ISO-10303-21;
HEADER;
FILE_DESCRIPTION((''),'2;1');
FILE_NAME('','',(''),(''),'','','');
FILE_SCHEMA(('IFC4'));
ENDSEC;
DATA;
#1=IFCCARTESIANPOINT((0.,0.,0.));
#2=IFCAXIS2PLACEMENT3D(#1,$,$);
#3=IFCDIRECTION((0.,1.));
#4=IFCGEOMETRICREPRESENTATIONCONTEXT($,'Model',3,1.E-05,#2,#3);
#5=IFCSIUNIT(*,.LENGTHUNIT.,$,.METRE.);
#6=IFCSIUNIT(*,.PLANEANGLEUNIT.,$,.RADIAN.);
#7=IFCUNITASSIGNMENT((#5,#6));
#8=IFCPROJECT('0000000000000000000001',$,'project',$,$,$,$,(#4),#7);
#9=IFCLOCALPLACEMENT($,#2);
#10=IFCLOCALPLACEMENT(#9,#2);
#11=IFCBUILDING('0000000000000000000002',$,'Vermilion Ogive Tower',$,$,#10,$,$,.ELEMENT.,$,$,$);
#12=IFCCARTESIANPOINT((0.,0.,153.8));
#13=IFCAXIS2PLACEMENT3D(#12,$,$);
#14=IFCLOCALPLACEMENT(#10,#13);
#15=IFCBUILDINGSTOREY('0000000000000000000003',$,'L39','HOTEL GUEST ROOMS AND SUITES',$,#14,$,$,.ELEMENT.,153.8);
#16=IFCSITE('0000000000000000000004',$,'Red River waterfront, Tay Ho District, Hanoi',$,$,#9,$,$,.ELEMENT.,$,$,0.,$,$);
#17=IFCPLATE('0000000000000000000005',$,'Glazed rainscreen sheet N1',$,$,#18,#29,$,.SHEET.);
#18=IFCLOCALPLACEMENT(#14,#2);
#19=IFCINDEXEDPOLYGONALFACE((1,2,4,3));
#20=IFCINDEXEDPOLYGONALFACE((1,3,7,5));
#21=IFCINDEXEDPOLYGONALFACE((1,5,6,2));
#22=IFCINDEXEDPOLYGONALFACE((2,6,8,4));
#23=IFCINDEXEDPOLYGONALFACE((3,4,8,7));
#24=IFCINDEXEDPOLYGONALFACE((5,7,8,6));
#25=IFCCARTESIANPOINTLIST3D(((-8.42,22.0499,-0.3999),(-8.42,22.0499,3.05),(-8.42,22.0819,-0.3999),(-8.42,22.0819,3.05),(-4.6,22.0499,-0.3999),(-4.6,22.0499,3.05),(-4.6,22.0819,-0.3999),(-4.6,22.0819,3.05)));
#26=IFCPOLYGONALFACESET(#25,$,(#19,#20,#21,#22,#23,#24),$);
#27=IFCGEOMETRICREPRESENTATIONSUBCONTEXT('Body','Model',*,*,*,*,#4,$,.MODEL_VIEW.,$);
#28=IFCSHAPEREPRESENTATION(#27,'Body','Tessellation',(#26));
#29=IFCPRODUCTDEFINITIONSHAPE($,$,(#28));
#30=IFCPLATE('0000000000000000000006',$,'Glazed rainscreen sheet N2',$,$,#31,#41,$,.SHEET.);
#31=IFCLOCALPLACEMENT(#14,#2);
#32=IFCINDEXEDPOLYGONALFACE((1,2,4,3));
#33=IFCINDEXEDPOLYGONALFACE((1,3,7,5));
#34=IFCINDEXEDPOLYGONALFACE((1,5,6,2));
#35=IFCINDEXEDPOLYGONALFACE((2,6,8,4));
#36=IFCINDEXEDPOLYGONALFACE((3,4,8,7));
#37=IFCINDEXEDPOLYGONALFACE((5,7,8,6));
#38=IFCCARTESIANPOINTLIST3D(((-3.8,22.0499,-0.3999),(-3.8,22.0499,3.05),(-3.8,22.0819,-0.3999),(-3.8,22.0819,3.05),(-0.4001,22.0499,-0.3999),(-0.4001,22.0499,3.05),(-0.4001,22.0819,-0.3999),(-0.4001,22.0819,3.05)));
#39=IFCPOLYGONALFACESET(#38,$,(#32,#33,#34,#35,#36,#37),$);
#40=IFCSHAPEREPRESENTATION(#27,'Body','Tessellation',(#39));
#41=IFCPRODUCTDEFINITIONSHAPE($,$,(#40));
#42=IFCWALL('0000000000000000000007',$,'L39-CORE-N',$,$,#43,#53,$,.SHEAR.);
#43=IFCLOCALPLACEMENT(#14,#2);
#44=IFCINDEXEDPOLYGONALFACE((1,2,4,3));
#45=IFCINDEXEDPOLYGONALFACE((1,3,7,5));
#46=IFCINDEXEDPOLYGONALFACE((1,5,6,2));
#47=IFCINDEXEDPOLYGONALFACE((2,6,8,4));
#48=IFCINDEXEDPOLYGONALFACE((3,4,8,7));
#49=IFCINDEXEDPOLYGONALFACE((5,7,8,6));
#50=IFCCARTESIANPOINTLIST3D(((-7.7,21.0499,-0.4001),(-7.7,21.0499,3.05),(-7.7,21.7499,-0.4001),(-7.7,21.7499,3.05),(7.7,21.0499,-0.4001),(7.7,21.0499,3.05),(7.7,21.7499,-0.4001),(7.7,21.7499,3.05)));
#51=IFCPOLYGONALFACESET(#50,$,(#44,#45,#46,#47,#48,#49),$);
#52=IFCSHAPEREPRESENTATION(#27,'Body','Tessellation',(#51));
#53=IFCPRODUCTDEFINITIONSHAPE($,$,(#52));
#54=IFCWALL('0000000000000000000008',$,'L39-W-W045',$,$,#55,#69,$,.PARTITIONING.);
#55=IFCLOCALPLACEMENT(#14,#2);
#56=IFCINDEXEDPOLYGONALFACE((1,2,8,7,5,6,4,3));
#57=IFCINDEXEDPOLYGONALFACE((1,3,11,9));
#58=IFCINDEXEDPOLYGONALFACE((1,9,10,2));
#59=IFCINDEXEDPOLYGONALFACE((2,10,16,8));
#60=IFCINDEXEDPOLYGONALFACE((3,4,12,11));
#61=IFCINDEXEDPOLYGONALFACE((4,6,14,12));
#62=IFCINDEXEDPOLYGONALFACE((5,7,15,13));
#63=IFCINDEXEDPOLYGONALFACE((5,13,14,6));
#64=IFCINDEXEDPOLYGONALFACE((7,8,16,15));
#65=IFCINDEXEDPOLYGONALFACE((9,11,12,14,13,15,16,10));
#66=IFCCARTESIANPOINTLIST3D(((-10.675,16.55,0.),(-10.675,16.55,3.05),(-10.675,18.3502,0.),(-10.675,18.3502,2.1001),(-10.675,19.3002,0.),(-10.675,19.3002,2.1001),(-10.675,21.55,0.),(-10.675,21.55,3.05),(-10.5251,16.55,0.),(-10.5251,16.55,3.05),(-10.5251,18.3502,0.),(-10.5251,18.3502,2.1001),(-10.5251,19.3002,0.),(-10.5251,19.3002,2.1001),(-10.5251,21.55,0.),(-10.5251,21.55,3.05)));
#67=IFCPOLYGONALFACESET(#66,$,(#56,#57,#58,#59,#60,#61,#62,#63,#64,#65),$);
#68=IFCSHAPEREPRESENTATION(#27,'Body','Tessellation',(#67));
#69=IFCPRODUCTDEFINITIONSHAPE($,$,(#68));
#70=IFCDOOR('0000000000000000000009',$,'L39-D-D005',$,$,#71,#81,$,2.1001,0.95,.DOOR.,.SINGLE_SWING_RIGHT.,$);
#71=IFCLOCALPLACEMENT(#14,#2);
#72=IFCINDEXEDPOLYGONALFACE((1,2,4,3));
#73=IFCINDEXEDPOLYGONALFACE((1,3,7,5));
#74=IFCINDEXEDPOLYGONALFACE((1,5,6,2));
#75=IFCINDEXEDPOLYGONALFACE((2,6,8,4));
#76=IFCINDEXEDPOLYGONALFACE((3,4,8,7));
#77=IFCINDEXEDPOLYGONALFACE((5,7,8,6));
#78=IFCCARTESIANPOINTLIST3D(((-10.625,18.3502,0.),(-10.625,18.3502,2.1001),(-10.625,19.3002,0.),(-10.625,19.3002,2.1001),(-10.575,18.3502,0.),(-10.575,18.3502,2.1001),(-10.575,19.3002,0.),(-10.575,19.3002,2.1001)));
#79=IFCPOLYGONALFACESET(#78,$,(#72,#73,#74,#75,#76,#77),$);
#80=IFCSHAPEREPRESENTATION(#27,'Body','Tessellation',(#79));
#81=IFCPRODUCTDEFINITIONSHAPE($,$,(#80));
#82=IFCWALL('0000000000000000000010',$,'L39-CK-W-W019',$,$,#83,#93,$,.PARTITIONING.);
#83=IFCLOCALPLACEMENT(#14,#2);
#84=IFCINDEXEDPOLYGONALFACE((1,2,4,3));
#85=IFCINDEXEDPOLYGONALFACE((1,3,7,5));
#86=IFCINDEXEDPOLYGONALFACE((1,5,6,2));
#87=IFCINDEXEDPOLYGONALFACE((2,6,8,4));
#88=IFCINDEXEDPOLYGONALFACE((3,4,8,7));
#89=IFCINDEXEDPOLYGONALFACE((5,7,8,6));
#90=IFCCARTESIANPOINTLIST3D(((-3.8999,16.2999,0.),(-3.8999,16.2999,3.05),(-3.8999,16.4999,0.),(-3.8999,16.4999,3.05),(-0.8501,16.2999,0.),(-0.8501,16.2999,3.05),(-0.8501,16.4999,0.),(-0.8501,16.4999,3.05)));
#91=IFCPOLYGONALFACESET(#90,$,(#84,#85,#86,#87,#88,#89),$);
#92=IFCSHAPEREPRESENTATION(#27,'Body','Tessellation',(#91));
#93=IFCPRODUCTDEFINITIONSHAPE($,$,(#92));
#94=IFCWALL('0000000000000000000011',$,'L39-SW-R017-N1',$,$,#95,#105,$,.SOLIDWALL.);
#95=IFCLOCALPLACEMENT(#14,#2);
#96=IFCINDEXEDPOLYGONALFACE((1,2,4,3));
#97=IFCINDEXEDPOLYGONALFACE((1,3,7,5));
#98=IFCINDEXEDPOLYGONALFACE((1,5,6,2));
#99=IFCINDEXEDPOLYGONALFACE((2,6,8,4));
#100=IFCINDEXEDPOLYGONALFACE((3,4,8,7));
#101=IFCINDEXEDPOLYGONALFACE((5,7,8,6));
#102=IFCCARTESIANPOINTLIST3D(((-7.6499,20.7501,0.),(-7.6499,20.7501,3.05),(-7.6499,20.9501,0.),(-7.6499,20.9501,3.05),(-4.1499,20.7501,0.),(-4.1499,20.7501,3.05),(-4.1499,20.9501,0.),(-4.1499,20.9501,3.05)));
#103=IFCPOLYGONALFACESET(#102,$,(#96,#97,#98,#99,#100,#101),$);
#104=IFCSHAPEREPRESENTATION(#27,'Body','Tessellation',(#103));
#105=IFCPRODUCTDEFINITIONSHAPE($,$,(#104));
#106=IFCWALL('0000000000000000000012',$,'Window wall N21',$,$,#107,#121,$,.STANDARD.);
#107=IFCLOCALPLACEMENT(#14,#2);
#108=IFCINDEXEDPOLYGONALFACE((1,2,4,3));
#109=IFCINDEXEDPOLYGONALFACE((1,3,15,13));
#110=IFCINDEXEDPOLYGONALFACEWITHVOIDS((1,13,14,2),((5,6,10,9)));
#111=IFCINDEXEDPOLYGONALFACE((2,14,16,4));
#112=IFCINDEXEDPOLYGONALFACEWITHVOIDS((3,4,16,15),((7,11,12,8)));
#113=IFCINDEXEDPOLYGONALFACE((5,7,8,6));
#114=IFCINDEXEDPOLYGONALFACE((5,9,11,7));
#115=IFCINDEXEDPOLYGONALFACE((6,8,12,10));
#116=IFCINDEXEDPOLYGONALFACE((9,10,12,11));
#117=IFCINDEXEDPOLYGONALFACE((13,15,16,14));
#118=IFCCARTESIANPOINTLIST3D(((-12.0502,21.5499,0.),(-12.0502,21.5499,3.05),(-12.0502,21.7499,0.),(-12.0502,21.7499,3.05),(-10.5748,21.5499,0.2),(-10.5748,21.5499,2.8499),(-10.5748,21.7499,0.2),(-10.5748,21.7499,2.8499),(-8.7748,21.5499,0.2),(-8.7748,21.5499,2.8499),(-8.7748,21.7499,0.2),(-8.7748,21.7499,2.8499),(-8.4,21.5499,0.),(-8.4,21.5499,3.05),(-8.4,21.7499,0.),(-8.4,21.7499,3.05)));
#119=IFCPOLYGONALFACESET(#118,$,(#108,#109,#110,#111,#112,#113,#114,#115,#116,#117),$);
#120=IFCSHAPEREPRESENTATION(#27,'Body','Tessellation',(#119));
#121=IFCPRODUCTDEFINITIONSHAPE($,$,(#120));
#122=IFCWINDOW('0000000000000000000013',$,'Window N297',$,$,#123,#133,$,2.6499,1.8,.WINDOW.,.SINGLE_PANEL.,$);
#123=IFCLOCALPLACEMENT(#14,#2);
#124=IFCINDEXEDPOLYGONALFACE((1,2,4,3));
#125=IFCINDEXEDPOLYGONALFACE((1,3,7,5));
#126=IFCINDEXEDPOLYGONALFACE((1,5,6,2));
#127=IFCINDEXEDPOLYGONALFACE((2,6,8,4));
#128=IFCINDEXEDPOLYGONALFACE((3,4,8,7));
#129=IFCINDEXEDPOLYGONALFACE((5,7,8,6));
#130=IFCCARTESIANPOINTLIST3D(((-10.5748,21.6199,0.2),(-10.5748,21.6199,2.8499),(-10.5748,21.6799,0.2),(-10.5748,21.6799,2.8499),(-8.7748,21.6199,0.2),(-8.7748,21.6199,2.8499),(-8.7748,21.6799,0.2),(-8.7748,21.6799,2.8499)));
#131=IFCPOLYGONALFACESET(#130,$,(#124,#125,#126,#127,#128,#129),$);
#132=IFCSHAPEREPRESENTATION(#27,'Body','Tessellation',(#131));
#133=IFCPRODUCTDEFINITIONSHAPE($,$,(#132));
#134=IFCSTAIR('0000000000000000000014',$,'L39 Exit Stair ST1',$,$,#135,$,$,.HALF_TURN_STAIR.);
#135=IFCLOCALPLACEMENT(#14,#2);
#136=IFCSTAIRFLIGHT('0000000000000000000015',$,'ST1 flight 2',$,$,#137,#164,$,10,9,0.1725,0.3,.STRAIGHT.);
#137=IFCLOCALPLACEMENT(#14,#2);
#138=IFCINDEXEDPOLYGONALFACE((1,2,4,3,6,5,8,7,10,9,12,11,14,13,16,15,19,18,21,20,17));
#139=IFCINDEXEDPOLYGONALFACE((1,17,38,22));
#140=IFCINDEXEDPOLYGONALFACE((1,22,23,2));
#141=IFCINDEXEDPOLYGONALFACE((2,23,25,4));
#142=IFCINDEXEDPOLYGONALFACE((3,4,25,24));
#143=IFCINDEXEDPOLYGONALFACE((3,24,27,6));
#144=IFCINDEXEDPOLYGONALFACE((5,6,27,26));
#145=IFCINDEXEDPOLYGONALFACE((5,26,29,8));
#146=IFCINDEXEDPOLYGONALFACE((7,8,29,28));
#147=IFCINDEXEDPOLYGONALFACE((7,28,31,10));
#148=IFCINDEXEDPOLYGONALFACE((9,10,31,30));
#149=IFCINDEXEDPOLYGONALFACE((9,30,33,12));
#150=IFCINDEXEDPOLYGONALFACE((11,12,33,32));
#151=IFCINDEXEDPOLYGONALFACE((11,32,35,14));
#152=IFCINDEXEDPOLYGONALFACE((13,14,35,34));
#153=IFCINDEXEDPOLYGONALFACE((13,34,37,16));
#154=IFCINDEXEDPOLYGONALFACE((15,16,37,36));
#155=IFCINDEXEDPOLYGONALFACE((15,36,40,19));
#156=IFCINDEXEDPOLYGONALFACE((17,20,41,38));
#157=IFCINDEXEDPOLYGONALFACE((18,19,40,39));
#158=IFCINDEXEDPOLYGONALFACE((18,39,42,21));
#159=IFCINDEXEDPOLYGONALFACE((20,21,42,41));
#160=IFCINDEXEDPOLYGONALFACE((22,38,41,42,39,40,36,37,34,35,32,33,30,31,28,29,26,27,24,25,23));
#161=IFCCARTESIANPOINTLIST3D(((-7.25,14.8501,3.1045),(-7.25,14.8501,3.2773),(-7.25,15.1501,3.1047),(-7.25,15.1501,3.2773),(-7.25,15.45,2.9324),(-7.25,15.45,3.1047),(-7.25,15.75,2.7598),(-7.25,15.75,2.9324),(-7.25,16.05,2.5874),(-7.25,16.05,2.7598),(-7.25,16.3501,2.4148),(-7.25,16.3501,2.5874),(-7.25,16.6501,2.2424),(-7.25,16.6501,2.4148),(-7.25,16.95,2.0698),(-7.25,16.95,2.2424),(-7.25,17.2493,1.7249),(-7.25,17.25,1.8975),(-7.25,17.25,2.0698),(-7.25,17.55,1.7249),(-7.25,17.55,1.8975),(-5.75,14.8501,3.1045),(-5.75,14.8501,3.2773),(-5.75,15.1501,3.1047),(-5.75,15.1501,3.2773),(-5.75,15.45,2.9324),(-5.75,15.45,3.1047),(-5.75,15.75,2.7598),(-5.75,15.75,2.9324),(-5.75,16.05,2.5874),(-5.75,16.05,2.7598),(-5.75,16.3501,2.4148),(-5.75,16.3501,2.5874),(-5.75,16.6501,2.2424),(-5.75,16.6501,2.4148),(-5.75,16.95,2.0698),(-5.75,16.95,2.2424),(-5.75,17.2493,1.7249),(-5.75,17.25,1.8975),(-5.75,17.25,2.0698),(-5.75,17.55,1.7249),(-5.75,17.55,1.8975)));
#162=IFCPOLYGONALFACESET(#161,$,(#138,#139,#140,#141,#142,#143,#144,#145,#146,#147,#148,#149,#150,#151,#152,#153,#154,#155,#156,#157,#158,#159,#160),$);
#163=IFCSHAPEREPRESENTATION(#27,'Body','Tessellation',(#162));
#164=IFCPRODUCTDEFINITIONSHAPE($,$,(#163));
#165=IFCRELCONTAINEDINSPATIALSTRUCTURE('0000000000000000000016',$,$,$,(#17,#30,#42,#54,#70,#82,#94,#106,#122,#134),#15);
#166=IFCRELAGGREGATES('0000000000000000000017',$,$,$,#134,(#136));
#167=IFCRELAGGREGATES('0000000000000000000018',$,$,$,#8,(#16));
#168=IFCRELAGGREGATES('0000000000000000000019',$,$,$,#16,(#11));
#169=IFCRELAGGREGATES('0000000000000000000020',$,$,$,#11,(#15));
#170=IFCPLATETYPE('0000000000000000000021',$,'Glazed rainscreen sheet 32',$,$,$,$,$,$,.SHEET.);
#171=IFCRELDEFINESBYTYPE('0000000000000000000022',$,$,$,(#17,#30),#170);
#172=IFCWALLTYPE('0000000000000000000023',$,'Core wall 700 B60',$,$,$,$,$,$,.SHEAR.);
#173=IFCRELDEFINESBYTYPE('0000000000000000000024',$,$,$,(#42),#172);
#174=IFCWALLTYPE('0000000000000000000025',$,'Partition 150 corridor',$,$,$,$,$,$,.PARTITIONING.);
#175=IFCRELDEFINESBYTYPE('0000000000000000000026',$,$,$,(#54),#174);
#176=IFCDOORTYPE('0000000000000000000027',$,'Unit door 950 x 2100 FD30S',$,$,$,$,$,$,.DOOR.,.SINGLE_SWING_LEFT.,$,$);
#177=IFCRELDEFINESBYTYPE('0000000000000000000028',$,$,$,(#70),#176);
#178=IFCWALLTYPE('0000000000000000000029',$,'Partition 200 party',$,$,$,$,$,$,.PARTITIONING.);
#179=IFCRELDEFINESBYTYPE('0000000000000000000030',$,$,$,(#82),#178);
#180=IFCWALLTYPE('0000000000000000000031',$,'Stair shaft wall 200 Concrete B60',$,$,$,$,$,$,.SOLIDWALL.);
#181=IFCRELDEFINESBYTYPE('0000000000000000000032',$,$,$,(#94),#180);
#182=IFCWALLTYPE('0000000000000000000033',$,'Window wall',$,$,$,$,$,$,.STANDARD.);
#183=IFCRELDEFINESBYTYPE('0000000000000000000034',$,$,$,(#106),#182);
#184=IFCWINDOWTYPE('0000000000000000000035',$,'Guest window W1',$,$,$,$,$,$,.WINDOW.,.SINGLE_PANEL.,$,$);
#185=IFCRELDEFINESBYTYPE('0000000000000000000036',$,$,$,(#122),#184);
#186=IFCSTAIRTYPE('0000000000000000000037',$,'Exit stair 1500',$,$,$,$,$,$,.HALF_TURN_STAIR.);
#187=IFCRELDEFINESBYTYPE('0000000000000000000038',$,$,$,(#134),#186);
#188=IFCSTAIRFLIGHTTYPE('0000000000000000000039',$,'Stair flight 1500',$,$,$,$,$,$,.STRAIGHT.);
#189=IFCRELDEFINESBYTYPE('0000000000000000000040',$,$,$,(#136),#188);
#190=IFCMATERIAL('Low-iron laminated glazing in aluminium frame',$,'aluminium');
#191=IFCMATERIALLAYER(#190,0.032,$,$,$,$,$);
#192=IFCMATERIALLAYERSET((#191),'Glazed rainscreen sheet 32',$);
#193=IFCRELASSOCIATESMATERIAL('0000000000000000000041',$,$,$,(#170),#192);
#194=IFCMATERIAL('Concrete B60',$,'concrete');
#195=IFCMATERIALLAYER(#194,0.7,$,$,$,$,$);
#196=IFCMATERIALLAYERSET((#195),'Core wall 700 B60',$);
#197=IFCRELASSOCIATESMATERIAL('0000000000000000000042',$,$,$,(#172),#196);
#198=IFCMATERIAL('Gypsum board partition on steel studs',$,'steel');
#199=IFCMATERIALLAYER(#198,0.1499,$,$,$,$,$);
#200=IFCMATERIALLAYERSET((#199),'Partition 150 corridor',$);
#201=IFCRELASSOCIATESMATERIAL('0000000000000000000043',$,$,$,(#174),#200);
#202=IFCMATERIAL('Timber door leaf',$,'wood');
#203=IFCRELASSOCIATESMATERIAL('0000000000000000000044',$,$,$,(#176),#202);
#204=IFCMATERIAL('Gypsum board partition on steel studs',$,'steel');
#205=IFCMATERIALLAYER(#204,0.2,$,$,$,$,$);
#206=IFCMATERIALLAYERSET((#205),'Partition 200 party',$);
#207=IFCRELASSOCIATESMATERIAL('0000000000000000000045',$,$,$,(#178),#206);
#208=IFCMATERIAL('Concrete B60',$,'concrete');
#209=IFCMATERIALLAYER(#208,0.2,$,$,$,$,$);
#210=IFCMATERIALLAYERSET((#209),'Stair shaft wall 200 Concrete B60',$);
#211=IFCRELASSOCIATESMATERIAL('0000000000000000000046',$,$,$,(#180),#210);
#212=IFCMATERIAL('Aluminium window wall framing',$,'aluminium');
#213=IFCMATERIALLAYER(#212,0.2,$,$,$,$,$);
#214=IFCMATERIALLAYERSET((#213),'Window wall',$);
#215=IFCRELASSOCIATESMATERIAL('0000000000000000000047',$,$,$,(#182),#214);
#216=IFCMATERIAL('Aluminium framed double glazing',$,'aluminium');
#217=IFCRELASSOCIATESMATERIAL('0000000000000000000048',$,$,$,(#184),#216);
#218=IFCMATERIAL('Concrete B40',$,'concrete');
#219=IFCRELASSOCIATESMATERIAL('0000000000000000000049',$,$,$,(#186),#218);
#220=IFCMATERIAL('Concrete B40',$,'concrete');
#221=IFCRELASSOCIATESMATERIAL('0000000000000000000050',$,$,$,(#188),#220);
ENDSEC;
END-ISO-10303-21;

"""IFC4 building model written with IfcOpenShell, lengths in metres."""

from ifc_helpers import new_model, si_unit, direction, frame, frame_2d, origin, origin_2d, place, context, subcontext, project, spatial, polyline, rectangle, outline, extrude, material, layer, layer_set, type_object, element, fill, aggregate, save


model = new_model("IFC4")

# Units and contexts
model_context = context("Model", 3, precision=1e-05, world=origin(), true_north=direction((0.0, 1.0)))
body_context = subcontext(model_context, "Body", "Model", "MODEL_VIEW")
ifc_project = project(units=[si_unit("LENGTHUNIT", "METRE"), si_unit("PLANEANGLEUNIT", "RADIAN")], contexts=[model_context])

# Site, building, storey
site_placement = place(None, origin())
site = spatial("IfcSite", under=ifc_project, at=site_placement, Name="Red River waterfront, Tay Ho District, Hanoi", CompositionType="ELEMENT", RefElevation=0.0)
building_placement = place(site_placement, origin())
building = spatial("IfcBuilding", under=site, at=building_placement, Name="Vermilion Ogive Tower", CompositionType="ELEMENT")
storey_placement = place(building_placement, frame((0.0, 0.0, 153.8)))
storey = spatial("IfcBuildingStorey", under=building, at=storey_placement, Name="L39", Description="HOTEL GUEST ROOMS AND SUITES", CompositionType="ELEMENT", Elevation=153.8)

# Plates
ifc_material_1 = material(Name="Low-iron laminated glazing in aluminium frame", Category="aluminium")
ifc_layer_1 = layer(ifc_material_1, 0.032)
ifc_layer_set_1 = layer_set([ifc_layer_1], Name="Glazed rainscreen sheet 32")
plate_type = type_object("IfcPlateType", Name="Glazed rainscreen sheet 32", PredefinedType="SHEET", material=ifc_layer_set_1)
plate_1_placement = place(storey_placement, frame((-6.51, 22.0659, -0.3999), z_axis=(0.0, 0.0, 1.0), x_axis=(1.0, 0.0, 0.0)))
element("IfcPlate", 1, at=plate_1_placement, inside=storey, type_object=plate_type, Name="Glazed rainscreen sheet N1", PredefinedType="SHEET", context=body_context, shape_type="SweptSolid", body=[
    extrude(rectangle(XDim=3.8201, YDim=0.032, at=origin_2d()), origin(), (0.0, 0.0, 1.0), 3.45),
])
plate_2_placement = place(storey_placement, frame((-2.1001, 22.0659, -0.3999), z_axis=(0.0, 0.0, 1.0), x_axis=(1.0, 0.0, 0.0)))
element("IfcPlate", 2, at=plate_2_placement, inside=storey, type_object=plate_type, Name="Glazed rainscreen sheet N2", PredefinedType="SHEET", context=body_context, shape_type="SweptSolid", body=[
    extrude(rectangle(XDim=3.3999, YDim=0.032, at=origin_2d()), origin(), (0.0, 0.0, 1.0), 3.45),
])

# Wall
ifc_material_2 = material(Name="Concrete B60", Category="concrete")
ifc_layer_2 = layer(ifc_material_2, 0.7)
ifc_layer_set_2 = layer_set([ifc_layer_2], Name="Core wall 700 B60")
wall_type_1 = type_object("IfcWallType", Name="Core wall 700 B60", PredefinedType="SHEAR", material=ifc_layer_set_2)
wall_1_placement = place(storey_placement, frame((-7.7, 21.3999, -0.4001), z_axis=(0.0, 0.0, 1.0), x_axis=(1.0, 0.0, 0.0)))
element("IfcWall", 3, at=wall_1_placement, inside=storey, type_object=wall_type_1, Name="L39-CORE-N", PredefinedType="SHEAR", context=body_context, shape_type="SweptSolid", body=[
    extrude(rectangle(XDim=15.3999, YDim=0.7, at=frame_2d((7.7, 0.0))), origin(), (0.0, 0.0, 1.0), 3.4502),
])

# Wall, opening, door
ifc_material_3 = material(Name="Gypsum board partition on steel studs", Category="steel")
ifc_layer_3 = layer(ifc_material_3, 0.1499)
ifc_layer_set_3 = layer_set([ifc_layer_3], Name="Partition 150 corridor")
wall_type_2 = type_object("IfcWallType", Name="Partition 150 corridor", PredefinedType="PARTITIONING", material=ifc_layer_set_3)
wall_2_placement = place(storey_placement, frame((-10.6001, 16.55, 0.0), z_axis=(0.0, 0.0, 1.0), x_axis=(0.0, 1.0, 0.0)))
wall_2 = element("IfcWall", 4, at=wall_2_placement, inside=storey, type_object=wall_type_2, Name="L39-W-W045", PredefinedType="PARTITIONING", context=body_context, shape_type="SweptSolid", body=[
    extrude(rectangle(XDim=5.0, YDim=0.1499, at=frame_2d((2.5, 0.0))), origin(), (0.0, 0.0, 1.0), 3.05),
])
opening_1_placement = place(wall_2_placement, frame((1.8, 0.0, 0.0)))
opening_1 = element("IfcOpeningElement", 5, at=opening_1_placement, cuts=wall_2, PredefinedType="OPENING", context=body_context, shape_type="SweptSolid", body=[
    extrude(rectangle(XDim=0.95, YDim=2.1001, at=frame_2d((0.4751, 1.05))), frame((0.0, 0.085, 0.0), z_axis=(0.0, -1.0, 0.0), x_axis=(1.0, 0.0, 0.0)), (0.0, 0.0, 1.0), 0.1699),
])
ifc_material_4 = material(Name="Timber door leaf", Category="wood")
door_type = type_object("IfcDoorType", Name="Unit door 950 x 2100 FD30S", OperationType="SINGLE_SWING_LEFT", PredefinedType="DOOR", material=ifc_material_4)
door_placement = place(opening_1_placement, origin())
door = element("IfcDoor", 6, at=door_placement, inside=storey, type_object=door_type, Name="L39-D-D005", OperationType="SINGLE_SWING_RIGHT", OverallHeight=2.1001, OverallWidth=0.95, PredefinedType="DOOR", context=body_context, shape_type="SweptSolid", body=[
    extrude(rectangle(XDim=0.95, YDim=2.1001, at=frame_2d((0.4751, 1.05))), frame((0.0, 0.0249, 0.0), z_axis=(0.0, -1.0, 0.0), x_axis=(1.0, 0.0, 0.0)), (0.0, 0.0, 1.0), 0.05),
])
fill(opening_1, door)

# Walls
ifc_material_5 = material(Name="Gypsum board partition on steel studs", Category="steel")
ifc_layer_4 = layer(ifc_material_5, 0.2)
ifc_layer_set_4 = layer_set([ifc_layer_4], Name="Partition 200 party")
wall_type_3 = type_object("IfcWallType", Name="Partition 200 party", PredefinedType="PARTITIONING", material=ifc_layer_set_4)
wall_3_placement = place(storey_placement, frame((-3.8999, 16.3999, 0.0), z_axis=(0.0, 0.0, 1.0), x_axis=(1.0, 0.0, 0.0)))
element("IfcWall", 7, at=wall_3_placement, inside=storey, type_object=wall_type_3, Name="L39-CK-W-W019", PredefinedType="PARTITIONING", context=body_context, shape_type="SweptSolid", body=[
    extrude(rectangle(XDim=3.0498, YDim=0.2, at=frame_2d((1.5249, 0.0))), origin(), (0.0, 0.0, 1.0), 3.05),
])
ifc_material_6 = material(Name="Concrete B60", Category="concrete")
ifc_layer_5 = layer(ifc_material_6, 0.2)
ifc_layer_set_5 = layer_set([ifc_layer_5], Name="Stair shaft wall 200 Concrete B60")
wall_type_4 = type_object("IfcWallType", Name="Stair shaft wall 200 Concrete B60", PredefinedType="SOLIDWALL", material=ifc_layer_set_5)
wall_4_placement = place(storey_placement, frame((-7.6499, 20.8501, 0.0), z_axis=(0.0, 0.0, 1.0), x_axis=(1.0, 0.0, 0.0)))
element("IfcWall", 8, at=wall_4_placement, inside=storey, type_object=wall_type_4, Name="L39-SW-R017-N1", PredefinedType="SOLIDWALL", context=body_context, shape_type="SweptSolid", body=[
    extrude(rectangle(XDim=3.5, YDim=0.2, at=frame_2d((1.75, 0.0))), origin(), (0.0, 0.0, 1.0), 3.05),
])

# Wall, opening, window
ifc_material_7 = material(Name="Aluminium window wall framing", Category="aluminium")
ifc_layer_6 = layer(ifc_material_7, 0.2)
ifc_layer_set_6 = layer_set([ifc_layer_6], Name="Window wall")
wall_type_5 = type_object("IfcWallType", Name="Window wall", PredefinedType="STANDARD", material=ifc_layer_set_6)
wall_5_placement = place(storey_placement, frame((-8.3999, 21.6499, 0.0), z_axis=(0.0, 0.0, 1.0), x_axis=(-1.0, 0.0, 0.0)))
wall_5 = element("IfcWall", 9, at=wall_5_placement, inside=storey, type_object=wall_type_5, Name="Window wall N21", PredefinedType="STANDARD", context=body_context, shape_type="SweptSolid", body=[
    extrude(rectangle(XDim=3.6501, YDim=0.2, at=frame_2d((1.8252, 0.0))), origin(), (0.0, 0.0, 1.0), 3.05),
])
opening_2_placement = place(wall_5_placement, frame((0.375, 0.0, 0.2)))
opening_2 = element("IfcOpeningElement", 10, at=opening_2_placement, cuts=wall_5, PredefinedType="OPENING", context=body_context, shape_type="SweptSolid", body=[
    extrude(rectangle(XDim=1.8, YDim=2.6499, at=frame_2d((0.8999, 1.325))), frame((0.0, 0.1099, 0.0), z_axis=(0.0, -1.0, 0.0), x_axis=(1.0, 0.0, 0.0)), (0.0, 0.0, 1.0), 0.22),
])
ifc_material_8 = material(Name="Aluminium framed double glazing", Category="aluminium")
window_type = type_object("IfcWindowType", Name="Guest window W1", PartitioningType="SINGLE_PANEL", PredefinedType="WINDOW", material=ifc_material_8)
window_placement = place(opening_2_placement, origin())
window = element("IfcWindow", 11, at=window_placement, inside=storey, type_object=window_type, Name="Window N297", OverallHeight=2.6499, OverallWidth=1.8, PartitioningType="SINGLE_PANEL", PredefinedType="WINDOW", context=body_context, shape_type="SweptSolid", body=[
    extrude(rectangle(XDim=1.8, YDim=2.6499, at=frame_2d((0.8999, 1.325))), frame((0.0, 0.03, 0.0), z_axis=(0.0, -1.0, 0.0), x_axis=(1.0, 0.0, 0.0)), (0.0, 0.0, 1.0), 0.0601),
])
fill(opening_2, window)

# Stair, stair flight
ifc_material_9 = material(Name="Concrete B40", Category="concrete")
stair_type = type_object("IfcStairType", Name="Exit stair 1500", PredefinedType="HALF_TURN_STAIR", material=ifc_material_9)
stair_placement = place(storey_placement, origin())
stair = element("IfcStair", 12, at=stair_placement, inside=storey, type_object=stair_type, Name="L39 Exit Stair ST1", PredefinedType="HALF_TURN_STAIR")
ifc_material_10 = material(Name="Concrete B40", Category="concrete")
stair_flight_type = type_object("IfcStairFlightType", Name="Stair flight 1500", PredefinedType="STRAIGHT", material=ifc_material_10)
stair_flight_placement = place(storey_placement, frame((-6.5, 17.55, 1.7249), z_axis=(0.0, 0.0, 1.0), x_axis=(0.0, -1.0, 0.0)))
stair_flight = element("IfcStairFlight", 13, at=stair_flight_placement, type_object=stair_flight_type, Name="ST1 flight 2", NumberOfRisers=10, NumberOfTreads=9, PredefinedType="STRAIGHT", RiserHeight=0.1725, TreadLength=0.3, context=body_context, shape_type="SweptSolid", body=[
    extrude(outline(polyline([(0.0, 0.0), (0.0, 0.1726), (0.3, 0.1726), (0.3, 0.345), (0.6001, 0.345), (0.6001, 0.5176), (0.8999, 0.5176), (0.8999, 0.6899), (1.2, 0.6899), (1.2, 0.8625), (1.5, 0.8625), (1.5, 1.0349), (1.8, 1.0349), (1.8, 1.2075), (2.1001, 1.2075), (2.1001, 1.3799), (2.3999, 1.3799), (2.3999, 1.5525), (2.7, 1.5525), (2.7, 1.7251), (2.7, 1.3796), (0.3008, 0.0), (0.0, 0.0)])), frame((0.0, 0.75, 0.0), z_axis=(0.0, -1.0, 0.0), x_axis=(1.0, 0.0, 0.0)), (0.0, 0.0, 1.0), 1.5),
])
aggregate(stair, [stair_flight])

save(model, "model.ifc")
